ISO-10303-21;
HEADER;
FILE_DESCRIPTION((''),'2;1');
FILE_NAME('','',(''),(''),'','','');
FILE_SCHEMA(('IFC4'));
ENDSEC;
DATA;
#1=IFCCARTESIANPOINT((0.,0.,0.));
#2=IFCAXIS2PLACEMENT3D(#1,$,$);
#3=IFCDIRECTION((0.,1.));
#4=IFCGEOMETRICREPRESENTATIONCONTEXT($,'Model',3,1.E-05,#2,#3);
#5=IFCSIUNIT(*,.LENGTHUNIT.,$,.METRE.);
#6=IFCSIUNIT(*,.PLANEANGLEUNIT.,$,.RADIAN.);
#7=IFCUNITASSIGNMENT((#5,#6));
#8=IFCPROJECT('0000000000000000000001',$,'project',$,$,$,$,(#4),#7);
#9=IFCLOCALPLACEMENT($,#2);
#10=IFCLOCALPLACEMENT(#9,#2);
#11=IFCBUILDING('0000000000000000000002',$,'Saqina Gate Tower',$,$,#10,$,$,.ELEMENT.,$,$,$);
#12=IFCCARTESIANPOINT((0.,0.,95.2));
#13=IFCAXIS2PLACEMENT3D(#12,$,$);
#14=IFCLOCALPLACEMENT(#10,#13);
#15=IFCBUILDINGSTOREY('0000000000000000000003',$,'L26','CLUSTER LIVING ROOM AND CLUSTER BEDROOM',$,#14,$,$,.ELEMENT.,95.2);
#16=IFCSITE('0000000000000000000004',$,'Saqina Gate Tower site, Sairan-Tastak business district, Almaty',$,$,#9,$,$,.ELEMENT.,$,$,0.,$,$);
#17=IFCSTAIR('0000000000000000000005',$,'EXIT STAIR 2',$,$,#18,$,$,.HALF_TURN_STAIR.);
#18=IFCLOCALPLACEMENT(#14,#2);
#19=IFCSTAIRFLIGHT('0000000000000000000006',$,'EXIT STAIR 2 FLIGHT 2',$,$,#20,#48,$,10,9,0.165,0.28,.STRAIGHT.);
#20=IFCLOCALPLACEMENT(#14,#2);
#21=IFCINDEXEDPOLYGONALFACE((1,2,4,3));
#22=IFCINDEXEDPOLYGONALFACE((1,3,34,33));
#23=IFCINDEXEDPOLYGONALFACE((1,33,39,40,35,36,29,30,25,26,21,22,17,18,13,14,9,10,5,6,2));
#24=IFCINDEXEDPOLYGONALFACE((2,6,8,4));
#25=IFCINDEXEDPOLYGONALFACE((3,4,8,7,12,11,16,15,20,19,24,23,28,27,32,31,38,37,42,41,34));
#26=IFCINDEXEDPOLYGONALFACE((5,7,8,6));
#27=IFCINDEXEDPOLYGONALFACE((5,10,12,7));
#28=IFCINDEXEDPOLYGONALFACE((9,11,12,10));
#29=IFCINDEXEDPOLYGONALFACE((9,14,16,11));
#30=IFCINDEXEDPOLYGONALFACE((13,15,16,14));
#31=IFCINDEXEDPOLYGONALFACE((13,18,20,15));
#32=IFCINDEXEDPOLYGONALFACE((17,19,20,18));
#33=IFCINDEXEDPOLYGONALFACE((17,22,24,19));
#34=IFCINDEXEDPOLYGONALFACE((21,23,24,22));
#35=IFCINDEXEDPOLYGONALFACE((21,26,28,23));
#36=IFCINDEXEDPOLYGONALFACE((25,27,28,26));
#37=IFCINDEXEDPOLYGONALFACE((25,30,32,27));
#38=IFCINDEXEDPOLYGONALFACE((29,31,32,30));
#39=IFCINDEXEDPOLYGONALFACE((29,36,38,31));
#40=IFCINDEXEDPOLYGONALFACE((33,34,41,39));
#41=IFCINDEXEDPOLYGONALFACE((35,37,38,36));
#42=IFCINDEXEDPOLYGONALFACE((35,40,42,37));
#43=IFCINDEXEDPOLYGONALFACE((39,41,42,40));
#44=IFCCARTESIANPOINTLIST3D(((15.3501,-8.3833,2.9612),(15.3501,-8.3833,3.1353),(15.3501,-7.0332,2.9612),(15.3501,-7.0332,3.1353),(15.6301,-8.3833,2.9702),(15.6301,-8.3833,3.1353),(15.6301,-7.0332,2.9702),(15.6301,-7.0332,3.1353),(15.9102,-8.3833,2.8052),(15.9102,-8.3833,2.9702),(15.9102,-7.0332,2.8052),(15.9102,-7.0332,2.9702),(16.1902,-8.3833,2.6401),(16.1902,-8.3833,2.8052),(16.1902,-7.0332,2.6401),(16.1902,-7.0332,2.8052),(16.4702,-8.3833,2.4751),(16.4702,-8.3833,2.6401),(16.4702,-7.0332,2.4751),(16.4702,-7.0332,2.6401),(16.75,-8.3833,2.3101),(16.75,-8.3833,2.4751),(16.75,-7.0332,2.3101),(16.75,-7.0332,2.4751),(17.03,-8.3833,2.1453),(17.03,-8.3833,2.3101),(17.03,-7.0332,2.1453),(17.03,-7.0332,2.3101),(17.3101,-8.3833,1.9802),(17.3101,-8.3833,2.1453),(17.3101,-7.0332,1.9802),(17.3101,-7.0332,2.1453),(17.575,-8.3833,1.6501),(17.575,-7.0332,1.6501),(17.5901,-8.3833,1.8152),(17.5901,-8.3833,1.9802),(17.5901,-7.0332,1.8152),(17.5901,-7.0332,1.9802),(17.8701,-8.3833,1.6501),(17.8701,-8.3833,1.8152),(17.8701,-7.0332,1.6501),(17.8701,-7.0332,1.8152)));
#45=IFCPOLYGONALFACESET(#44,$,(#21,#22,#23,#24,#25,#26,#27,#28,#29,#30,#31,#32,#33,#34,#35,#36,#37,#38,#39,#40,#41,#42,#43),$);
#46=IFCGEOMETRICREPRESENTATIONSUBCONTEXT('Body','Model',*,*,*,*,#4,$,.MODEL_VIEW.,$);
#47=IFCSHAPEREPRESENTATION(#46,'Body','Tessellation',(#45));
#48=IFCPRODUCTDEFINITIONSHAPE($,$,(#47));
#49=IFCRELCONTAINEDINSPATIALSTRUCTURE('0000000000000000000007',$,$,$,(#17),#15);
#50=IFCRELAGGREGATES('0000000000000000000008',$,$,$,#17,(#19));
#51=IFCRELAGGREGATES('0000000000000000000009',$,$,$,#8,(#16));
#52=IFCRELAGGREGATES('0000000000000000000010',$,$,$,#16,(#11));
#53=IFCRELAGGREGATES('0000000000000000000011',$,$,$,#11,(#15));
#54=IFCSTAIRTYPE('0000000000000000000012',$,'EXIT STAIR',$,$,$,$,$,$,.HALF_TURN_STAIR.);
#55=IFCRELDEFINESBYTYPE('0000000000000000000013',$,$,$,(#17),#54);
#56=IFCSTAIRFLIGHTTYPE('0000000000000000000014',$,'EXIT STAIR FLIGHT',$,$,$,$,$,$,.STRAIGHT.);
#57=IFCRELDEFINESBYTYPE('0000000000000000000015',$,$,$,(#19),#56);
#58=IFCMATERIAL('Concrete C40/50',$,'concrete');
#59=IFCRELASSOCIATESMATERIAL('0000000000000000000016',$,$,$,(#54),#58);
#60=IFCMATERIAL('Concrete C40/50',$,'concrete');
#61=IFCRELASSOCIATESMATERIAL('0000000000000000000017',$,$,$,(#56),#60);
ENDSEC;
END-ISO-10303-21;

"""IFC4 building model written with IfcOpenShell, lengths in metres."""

from ifc_helpers import new_model, si_unit, direction, frame, origin, place, context, subcontext, project, spatial, polyline, outline, extrude, material, type_object, element, aggregate, save


model = new_model("IFC4")

# Units and contexts
model_context = context("Model", 3, precision=1e-05, world=origin(), true_north=direction((0.0, 1.0)))
body_context = subcontext(model_context, "Body", "Model", "MODEL_VIEW")
ifc_project = project(units=[si_unit("LENGTHUNIT", "METRE"), si_unit("PLANEANGLEUNIT", "RADIAN")], contexts=[model_context])

# Site, building, storey
site_placement = place(None, origin())
site = spatial("IfcSite", under=ifc_project, at=site_placement, Name="Saqina Gate Tower site, Sairan-Tastak business district, Almaty", CompositionType="ELEMENT", RefElevation=0.0)
building_placement = place(site_placement, origin())
building = spatial("IfcBuilding", under=site, at=building_placement, Name="Saqina Gate Tower", CompositionType="ELEMENT")
storey_placement = place(building_placement, frame((0.0, 0.0, 95.2)))
storey = spatial("IfcBuildingStorey", under=building, at=storey_placement, Name="L26", Description="CLUSTER LIVING ROOM AND CLUSTER BEDROOM", CompositionType="ELEMENT", Elevation=95.2)

# Stair, stair flight
ifc_material_1 = material(Name="Concrete C40/50", Category="concrete")
stair_type = type_object("IfcStairType", Name="EXIT STAIR", PredefinedType="HALF_TURN_STAIR", material=ifc_material_1)
stair_placement = place(storey_placement, origin())
stair = element("IfcStair", 1, at=stair_placement, inside=storey, type_object=stair_type, Name="EXIT STAIR 2", PredefinedType="HALF_TURN_STAIR")
ifc_material_2 = material(Name="Concrete C40/50", Category="concrete")
stair_flight_type = type_object("IfcStairFlightType", Name="EXIT STAIR FLIGHT", PredefinedType="STRAIGHT", material=ifc_material_2)
stair_flight_1_placement = place(storey_placement, frame((17.8701, -7.7083, 1.6501), z_axis=(0.0, 0.0, 1.0), x_axis=(-1.0, 0.0, 0.0)))
stair_flight_1 = element("IfcStairFlight", 2, at=stair_flight_1_placement, type_object=stair_flight_type, Name="EXIT STAIR 2 FLIGHT 2", NumberOfRisers=10, NumberOfTreads=9, PredefinedType="STRAIGHT", RiserHeight=0.165, TreadLength=0.28, context=body_context, shape_type="SweptSolid", body=[
    extrude(outline(polyline([(0.0, 0.0), (0.0, 0.165), (0.28, 0.165), (0.28, 0.3301), (0.5601, 0.3301), (0.5601, 0.4951), (0.8401, 0.4951), (0.8401, 0.6599), (1.1201, 0.6599), (1.1201, 0.825), (1.3999, 0.825), (1.3999, 0.99), (1.6799, 0.99), (1.6799, 1.155), (1.96, 1.155), (1.96, 1.3201), (2.24, 1.3201), (2.24, 1.4851), (2.52, 1.4851), (2.52, 1.6499), (2.52, 1.311), (0.2952, 0.0), (0.0, 0.0)])), frame((0.0, 0.675, 0.0), z_axis=(0.0, -1.0, 0.0), x_axis=(1.0, 0.0, 0.0)), (0.0, 0.0, 1.0), 1.3501),
])
aggregate(stair, [stair_flight_1])

save(model, "model.ifc")
